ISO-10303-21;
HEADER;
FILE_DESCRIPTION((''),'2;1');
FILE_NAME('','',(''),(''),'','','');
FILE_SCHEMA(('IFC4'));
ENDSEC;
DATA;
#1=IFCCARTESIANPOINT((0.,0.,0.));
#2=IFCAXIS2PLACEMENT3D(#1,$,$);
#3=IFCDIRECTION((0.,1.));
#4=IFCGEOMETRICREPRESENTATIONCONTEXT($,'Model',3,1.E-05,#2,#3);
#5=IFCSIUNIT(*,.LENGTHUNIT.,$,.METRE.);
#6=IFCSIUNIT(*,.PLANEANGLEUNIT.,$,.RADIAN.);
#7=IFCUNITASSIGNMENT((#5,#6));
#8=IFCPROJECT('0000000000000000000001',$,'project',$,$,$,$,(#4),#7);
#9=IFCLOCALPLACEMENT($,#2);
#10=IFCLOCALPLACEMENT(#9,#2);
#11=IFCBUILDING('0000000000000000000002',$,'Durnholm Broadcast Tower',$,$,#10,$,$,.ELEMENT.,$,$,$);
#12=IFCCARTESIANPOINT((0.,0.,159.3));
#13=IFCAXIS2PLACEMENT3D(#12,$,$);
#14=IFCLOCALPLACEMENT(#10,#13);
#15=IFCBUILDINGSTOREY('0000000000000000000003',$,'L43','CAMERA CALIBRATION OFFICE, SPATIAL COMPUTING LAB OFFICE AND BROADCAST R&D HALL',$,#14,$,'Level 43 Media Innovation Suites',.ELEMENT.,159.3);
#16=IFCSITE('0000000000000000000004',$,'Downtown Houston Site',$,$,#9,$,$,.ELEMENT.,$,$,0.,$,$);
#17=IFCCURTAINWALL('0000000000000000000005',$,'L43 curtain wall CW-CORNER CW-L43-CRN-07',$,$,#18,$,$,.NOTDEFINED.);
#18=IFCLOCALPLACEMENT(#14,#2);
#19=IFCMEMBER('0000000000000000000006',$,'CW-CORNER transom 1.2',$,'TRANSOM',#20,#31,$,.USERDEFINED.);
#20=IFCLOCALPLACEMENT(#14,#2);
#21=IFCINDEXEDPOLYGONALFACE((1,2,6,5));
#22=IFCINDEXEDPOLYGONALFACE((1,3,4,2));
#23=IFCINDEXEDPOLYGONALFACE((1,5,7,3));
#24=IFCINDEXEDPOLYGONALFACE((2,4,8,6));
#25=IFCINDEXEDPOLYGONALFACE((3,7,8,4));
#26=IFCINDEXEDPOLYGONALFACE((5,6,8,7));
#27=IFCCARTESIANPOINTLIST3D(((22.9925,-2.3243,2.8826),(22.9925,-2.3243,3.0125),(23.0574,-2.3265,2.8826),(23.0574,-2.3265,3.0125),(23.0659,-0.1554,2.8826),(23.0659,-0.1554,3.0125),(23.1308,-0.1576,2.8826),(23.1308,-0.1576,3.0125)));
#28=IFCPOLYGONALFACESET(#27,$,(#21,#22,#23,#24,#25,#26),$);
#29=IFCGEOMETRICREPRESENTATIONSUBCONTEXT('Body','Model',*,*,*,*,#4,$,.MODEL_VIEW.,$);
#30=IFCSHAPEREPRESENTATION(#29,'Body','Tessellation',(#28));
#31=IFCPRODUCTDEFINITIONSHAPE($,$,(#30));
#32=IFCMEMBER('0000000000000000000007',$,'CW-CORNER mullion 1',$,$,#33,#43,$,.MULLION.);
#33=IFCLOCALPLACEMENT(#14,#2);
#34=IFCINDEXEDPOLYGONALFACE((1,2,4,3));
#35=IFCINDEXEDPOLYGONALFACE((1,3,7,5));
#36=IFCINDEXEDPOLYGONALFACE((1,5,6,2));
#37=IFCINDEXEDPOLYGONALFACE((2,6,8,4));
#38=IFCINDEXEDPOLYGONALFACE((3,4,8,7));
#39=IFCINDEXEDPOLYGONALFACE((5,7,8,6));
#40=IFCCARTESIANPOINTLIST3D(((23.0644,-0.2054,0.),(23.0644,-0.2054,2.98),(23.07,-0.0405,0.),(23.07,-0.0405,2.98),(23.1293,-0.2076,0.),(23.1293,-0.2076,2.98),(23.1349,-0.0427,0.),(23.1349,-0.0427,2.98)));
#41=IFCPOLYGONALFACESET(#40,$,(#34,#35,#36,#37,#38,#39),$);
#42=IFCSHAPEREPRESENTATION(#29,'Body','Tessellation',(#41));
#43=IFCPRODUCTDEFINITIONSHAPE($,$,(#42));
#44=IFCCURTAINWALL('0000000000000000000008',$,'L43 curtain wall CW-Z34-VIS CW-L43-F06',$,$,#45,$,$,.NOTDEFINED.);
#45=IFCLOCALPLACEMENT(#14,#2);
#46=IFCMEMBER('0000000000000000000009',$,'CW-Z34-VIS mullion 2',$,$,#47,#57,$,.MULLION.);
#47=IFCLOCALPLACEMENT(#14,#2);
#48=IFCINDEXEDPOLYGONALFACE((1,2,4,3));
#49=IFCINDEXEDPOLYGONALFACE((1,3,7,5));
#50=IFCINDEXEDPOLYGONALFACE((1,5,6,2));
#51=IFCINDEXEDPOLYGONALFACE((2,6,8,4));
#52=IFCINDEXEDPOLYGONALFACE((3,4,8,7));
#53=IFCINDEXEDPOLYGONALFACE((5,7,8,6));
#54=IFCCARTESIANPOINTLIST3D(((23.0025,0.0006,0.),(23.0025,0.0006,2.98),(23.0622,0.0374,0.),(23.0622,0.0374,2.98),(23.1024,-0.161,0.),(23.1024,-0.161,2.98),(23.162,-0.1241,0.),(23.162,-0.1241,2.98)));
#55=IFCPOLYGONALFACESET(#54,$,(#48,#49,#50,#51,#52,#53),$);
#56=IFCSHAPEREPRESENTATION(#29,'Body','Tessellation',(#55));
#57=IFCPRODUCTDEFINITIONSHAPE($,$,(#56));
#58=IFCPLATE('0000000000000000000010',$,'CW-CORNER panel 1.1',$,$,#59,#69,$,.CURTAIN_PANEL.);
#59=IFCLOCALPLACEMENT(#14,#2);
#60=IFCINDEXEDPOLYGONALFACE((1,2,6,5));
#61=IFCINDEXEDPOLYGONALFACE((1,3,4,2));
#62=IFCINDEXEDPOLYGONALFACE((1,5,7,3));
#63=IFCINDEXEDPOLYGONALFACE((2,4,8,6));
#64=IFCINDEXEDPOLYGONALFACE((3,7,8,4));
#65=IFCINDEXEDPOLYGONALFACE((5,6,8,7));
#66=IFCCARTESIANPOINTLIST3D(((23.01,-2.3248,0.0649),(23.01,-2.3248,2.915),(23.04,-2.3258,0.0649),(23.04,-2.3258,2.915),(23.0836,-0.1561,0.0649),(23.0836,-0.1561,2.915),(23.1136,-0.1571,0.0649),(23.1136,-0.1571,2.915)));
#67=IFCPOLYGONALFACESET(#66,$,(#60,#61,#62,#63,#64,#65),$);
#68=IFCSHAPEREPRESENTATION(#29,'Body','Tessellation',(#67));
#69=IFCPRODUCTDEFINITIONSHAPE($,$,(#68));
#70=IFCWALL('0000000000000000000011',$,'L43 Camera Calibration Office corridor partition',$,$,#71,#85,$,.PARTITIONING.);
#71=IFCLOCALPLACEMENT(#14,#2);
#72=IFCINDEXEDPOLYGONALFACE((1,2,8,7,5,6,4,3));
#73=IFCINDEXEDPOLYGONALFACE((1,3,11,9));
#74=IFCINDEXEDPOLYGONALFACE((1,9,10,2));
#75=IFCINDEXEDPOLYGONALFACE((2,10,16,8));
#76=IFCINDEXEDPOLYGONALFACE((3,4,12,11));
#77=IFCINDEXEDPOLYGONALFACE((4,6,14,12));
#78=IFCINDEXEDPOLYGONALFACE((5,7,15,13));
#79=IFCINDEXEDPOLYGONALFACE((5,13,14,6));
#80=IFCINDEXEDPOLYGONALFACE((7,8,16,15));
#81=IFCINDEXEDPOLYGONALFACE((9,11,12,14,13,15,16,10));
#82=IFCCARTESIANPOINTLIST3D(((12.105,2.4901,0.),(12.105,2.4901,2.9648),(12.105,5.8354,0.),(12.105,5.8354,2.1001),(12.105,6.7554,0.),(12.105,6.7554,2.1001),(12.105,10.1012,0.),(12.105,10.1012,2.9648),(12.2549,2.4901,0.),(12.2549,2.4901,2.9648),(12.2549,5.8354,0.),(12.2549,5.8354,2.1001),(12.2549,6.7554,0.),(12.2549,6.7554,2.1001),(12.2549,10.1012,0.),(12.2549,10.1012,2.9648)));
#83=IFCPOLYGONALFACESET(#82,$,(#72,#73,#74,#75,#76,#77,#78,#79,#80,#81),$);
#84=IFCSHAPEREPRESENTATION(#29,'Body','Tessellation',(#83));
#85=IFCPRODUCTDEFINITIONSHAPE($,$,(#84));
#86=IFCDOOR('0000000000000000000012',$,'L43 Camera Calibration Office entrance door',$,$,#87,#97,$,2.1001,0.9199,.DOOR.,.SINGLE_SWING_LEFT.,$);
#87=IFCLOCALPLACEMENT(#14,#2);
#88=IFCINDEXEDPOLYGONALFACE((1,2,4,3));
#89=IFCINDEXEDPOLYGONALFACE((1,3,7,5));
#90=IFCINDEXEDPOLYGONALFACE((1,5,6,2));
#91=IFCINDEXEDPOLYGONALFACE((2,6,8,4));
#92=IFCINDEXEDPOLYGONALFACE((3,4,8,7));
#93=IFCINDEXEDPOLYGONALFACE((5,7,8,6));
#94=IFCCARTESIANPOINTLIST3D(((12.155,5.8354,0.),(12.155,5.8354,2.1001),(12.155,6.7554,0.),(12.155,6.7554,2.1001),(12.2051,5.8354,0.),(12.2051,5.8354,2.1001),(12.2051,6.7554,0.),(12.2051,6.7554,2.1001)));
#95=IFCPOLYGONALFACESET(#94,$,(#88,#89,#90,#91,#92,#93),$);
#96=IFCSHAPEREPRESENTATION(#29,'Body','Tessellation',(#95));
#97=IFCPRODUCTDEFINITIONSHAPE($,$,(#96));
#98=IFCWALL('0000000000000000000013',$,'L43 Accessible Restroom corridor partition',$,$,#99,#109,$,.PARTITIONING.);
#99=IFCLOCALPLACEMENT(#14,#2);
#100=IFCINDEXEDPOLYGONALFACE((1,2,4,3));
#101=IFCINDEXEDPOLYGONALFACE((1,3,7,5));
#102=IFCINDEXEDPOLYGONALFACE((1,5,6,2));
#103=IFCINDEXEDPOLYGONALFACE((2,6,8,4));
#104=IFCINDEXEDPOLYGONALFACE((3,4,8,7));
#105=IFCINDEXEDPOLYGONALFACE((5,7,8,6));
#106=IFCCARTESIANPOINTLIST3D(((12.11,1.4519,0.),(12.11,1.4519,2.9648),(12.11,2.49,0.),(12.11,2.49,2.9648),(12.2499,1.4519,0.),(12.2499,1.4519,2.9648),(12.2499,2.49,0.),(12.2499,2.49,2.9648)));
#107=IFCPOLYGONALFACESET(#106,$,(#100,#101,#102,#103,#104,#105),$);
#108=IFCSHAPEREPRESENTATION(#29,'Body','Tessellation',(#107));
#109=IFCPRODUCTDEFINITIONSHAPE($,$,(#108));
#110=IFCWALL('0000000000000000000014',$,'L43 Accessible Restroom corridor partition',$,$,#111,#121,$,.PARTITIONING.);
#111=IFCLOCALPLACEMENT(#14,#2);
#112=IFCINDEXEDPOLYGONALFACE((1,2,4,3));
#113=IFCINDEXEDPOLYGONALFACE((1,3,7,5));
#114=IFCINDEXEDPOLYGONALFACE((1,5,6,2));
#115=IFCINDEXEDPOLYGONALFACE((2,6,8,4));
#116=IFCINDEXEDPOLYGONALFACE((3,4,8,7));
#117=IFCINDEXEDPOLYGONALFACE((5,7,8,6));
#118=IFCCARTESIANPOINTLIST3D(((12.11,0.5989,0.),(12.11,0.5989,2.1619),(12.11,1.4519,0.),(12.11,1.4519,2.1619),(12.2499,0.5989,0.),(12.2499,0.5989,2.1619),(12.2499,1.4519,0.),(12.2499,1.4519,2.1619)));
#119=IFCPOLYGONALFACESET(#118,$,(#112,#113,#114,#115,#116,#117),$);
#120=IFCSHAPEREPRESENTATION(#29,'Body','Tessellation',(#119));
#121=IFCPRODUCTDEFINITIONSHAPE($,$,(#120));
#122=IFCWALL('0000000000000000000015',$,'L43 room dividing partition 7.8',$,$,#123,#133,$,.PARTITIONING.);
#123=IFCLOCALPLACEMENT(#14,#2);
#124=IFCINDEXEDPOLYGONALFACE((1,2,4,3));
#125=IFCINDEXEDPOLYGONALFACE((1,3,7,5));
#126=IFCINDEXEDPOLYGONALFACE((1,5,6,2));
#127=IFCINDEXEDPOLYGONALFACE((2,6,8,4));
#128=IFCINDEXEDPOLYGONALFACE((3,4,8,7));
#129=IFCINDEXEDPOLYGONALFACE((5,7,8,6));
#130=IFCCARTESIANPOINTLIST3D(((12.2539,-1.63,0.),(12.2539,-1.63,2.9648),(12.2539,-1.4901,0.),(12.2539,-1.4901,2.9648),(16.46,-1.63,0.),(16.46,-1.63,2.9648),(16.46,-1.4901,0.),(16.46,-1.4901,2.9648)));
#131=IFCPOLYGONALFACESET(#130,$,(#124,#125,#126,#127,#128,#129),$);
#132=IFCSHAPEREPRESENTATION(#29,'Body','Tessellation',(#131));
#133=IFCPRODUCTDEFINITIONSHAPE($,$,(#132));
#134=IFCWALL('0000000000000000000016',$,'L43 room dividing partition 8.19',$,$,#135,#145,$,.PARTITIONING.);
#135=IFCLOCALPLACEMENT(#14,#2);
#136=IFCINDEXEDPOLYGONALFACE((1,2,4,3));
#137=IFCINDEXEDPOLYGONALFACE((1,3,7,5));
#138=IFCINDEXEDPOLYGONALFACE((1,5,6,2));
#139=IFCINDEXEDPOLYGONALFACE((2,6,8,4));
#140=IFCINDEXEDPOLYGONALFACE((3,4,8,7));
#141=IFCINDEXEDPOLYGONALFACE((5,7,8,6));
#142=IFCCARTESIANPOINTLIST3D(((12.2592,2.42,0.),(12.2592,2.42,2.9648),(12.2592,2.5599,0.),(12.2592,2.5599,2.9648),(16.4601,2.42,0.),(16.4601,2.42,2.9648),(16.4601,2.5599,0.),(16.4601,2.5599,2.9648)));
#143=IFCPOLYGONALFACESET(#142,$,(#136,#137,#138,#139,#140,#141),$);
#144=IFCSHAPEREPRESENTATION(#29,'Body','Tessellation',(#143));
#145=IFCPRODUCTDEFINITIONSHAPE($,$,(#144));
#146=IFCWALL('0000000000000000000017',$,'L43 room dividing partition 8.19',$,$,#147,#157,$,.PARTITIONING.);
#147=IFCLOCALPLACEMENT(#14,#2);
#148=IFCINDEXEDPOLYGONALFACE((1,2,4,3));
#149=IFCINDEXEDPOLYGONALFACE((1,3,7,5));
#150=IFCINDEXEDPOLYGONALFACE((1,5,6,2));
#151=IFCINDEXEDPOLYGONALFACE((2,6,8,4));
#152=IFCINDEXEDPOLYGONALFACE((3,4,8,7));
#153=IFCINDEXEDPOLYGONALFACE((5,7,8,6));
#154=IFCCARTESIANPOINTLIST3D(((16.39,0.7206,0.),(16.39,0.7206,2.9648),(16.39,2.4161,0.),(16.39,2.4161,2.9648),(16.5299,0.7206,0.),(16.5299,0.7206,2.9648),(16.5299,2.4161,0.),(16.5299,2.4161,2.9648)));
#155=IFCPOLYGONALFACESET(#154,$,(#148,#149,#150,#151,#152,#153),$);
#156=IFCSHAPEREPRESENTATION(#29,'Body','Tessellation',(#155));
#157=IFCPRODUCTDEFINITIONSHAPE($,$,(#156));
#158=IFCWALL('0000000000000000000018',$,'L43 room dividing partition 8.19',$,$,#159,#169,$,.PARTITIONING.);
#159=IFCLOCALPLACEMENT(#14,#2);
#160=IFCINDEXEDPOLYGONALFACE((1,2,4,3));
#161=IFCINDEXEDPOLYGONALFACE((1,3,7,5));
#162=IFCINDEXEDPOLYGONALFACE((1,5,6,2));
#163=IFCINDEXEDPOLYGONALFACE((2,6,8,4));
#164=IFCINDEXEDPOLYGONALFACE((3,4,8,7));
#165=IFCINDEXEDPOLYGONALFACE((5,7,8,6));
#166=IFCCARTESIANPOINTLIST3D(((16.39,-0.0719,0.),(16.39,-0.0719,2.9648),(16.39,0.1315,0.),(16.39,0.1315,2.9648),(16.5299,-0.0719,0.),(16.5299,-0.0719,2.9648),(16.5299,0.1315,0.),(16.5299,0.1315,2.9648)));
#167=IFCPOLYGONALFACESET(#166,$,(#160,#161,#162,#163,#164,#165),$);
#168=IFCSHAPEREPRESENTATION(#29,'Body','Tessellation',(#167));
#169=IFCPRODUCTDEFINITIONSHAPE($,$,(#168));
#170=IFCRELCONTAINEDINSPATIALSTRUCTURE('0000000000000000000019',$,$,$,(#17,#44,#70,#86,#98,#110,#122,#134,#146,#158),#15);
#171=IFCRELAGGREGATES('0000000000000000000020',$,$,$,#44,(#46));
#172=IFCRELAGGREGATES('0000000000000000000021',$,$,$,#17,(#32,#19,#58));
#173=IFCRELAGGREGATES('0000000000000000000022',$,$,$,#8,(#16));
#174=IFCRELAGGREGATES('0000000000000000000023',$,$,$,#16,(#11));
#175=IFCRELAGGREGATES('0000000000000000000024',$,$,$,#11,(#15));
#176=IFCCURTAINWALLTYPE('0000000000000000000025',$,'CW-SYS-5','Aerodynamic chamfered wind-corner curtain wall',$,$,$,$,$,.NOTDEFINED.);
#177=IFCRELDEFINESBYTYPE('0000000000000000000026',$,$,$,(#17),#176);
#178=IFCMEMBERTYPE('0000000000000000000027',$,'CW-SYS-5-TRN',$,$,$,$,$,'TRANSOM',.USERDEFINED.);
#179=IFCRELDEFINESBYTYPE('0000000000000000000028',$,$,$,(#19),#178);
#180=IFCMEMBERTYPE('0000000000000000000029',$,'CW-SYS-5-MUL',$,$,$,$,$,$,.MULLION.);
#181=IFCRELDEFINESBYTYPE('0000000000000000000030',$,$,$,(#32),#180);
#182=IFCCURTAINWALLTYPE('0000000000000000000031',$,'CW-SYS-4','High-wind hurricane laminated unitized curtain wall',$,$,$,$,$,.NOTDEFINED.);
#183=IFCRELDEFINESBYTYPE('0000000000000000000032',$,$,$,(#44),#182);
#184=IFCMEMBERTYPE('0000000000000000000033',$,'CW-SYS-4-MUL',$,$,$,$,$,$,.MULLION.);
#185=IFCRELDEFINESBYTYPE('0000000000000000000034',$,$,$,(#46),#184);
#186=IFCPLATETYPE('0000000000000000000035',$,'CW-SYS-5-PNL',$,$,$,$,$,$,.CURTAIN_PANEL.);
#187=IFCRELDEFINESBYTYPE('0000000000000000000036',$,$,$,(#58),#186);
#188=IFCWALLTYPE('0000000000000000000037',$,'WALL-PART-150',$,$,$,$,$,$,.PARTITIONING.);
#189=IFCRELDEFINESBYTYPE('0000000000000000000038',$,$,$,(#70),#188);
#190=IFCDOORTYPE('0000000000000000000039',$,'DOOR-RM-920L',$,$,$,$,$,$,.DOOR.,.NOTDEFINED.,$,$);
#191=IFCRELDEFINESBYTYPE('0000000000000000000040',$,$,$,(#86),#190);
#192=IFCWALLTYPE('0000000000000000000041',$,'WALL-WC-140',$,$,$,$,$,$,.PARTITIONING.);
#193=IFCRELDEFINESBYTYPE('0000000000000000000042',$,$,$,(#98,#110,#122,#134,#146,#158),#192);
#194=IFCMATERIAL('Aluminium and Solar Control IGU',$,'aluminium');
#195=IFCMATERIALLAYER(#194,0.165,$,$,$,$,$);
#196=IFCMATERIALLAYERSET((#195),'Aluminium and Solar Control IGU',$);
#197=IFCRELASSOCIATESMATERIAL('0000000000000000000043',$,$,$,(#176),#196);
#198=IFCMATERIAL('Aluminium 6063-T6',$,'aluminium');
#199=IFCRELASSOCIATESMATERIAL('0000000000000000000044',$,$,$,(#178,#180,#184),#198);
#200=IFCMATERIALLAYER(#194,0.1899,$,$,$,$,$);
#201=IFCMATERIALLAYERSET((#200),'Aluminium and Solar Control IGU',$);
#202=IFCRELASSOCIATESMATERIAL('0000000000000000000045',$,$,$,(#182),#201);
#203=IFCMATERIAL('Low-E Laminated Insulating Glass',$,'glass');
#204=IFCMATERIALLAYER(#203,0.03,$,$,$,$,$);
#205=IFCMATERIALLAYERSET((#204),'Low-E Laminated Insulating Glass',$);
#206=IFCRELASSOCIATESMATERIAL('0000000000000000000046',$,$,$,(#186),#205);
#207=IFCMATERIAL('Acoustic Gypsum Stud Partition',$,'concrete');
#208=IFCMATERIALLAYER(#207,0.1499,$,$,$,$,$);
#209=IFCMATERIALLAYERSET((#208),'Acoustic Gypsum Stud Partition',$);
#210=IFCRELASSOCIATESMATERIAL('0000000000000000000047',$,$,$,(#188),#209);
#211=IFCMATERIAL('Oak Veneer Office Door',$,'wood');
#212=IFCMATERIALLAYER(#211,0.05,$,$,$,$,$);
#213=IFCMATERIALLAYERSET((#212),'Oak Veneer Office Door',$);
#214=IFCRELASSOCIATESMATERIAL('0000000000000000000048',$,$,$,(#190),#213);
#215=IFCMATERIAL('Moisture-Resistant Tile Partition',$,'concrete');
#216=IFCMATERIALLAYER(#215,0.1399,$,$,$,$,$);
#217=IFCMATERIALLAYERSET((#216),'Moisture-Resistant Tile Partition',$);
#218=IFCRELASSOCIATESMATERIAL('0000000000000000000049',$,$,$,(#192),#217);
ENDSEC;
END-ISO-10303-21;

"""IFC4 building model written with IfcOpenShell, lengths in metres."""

from ifc_helpers import new_model, si_unit, direction, frame, frame_2d, origin, origin_2d, place, context, subcontext, project, spatial, rectangle, extrude, source, transform, mapped, material, layer, layer_set, material_profile, profile_set, type_object, type_shapes, element, fill, aggregate, save


model = new_model("IFC4")

# Units and contexts
model_context = context("Model", 3, precision=1e-05, world=origin(), true_north=direction((0.0, 1.0)))
body_context = subcontext(model_context, "Body", "Model", "MODEL_VIEW")
ifc_project = project(units=[si_unit("LENGTHUNIT", "METRE"), si_unit("PLANEANGLEUNIT", "RADIAN")], contexts=[model_context])

# Site, building, storey
site_placement = place(None, origin())
site = spatial("IfcSite", under=ifc_project, at=site_placement, Name="Downtown Houston Site", CompositionType="ELEMENT", RefElevation=0.0)
building_placement = place(site_placement, origin())
building = spatial("IfcBuilding", under=site, at=building_placement, Name="Durnholm Broadcast Tower", CompositionType="ELEMENT")
storey_placement = place(building_placement, frame((0.0, 0.0, 159.3)))
storey = spatial("IfcBuildingStorey", under=building, at=storey_placement, Name="L43", Description="CAMERA CALIBRATION OFFICE, SPATIAL COMPUTING LAB OFFICE AND BROADCAST R&D HALL", LongName="Level 43 Media Innovation Suites", CompositionType="ELEMENT", Elevation=159.3)

# Curtain wall, members
ifc_material_1 = material(Name="Aluminium and Solar Control IGU", Category="aluminium")
ifc_layer_1 = layer(ifc_material_1, 0.165)
ifc_layer_set_1 = layer_set([ifc_layer_1], Name="Aluminium and Solar Control IGU")
curtain_wall_type_1 = type_object("IfcCurtainWallType", Name="CW-SYS-5", Description="Aerodynamic chamfered wind-corner curtain wall", PredefinedType="NOTDEFINED", material=ifc_layer_set_1)
curtain_wall_1_placement = place(storey_placement, origin())
curtain_wall_1 = element("IfcCurtainWall", 1, at=curtain_wall_1_placement, inside=storey, type_object=curtain_wall_type_1, Name="L43 curtain wall CW-CORNER CW-L43-CRN-07", PredefinedType="NOTDEFINED")
ifc_material_2 = material(Name="Aluminium 6063-T6", Category="aluminium")
ifc_material_profile_1 = material_profile(ifc_material_2, rectangle(XDim=0.0649, YDim=0.1299, at=origin_2d()), Name="CWT65X130")
ifc_profile_set_1 = profile_set([ifc_material_profile_1], Name="Aluminium 6063-T6")
member_type_1 = type_object("IfcMemberType", Name="CW-SYS-5-TRN", ElementType="TRANSOM", PredefinedType="USERDEFINED", material=ifc_profile_set_1)
shared_shape_1 = source(origin(), body_context, "Body", "SweptSolid", [
    extrude(rectangle(XDim=0.0649, YDim=0.1299, at=origin_2d()), origin(), (0.0, 0.0, 1.0), 2.1702),
])
type_shapes(member_type_1, [shared_shape_1])
member_1_placement = place(storey_placement, frame((23.0984, -0.1565, 2.9475), z_axis=(-0.033862, -0.999427, 0.0), x_axis=(0.999427, -0.033862, 0.0)))
member_1 = element("IfcMember", 2, at=member_1_placement, type_object=member_type_1, Name="CW-CORNER transom 1.2", ObjectType="TRANSOM", PredefinedType="USERDEFINED", context=body_context, shape_type="MappedRepresentation", body=[
    mapped(shared_shape_1, transform((0.0, 0.0, 0.0), x_axis=(1.0, 0.0, 0.0), y_axis=(0.0, 1.0, 0.0), z_axis=(0.0, 0.0, 1.0), scale=1.0)),
])
ifc_material_profile_2 = material_profile(ifc_material_2, rectangle(XDim=0.0649, YDim=0.165, at=origin_2d()), Name="CWM65X165")
ifc_profile_set_2 = profile_set([ifc_material_profile_2], Name="Aluminium 6063-T6")
member_type_2 = type_object("IfcMemberType", Name="CW-SYS-5-MUL", PredefinedType="MULLION", material=ifc_profile_set_2)
shared_shape_2 = source(origin(), body_context, "Body", "SweptSolid", [
    extrude(rectangle(XDim=0.0649, YDim=0.165, at=origin_2d()), origin(), (0.0, 0.0, 1.0), 2.98),
])
type_shapes(member_type_2, [shared_shape_2])
member_2_placement = place(storey_placement, frame((23.0996, -0.124, 0.0), z_axis=(0.0, 0.0, 1.0), x_axis=(0.999425, -0.033913, 0.0)))
member_2 = element("IfcMember", 3, at=member_2_placement, type_object=member_type_2, Name="CW-CORNER mullion 1", PredefinedType="MULLION", context=body_context, shape_type="MappedRepresentation", body=[
    mapped(shared_shape_2, transform((0.0, 0.0, 0.0), x_axis=(1.0, 0.0, 0.0), y_axis=(0.0, 1.0, 0.0), z_axis=(0.0, 0.0, 1.0), scale=1.0)),
])

# Curtain wall, member
ifc_layer_2 = layer(ifc_material_1, 0.1899)
ifc_layer_set_2 = layer_set([ifc_layer_2], Name="Aluminium and Solar Control IGU")
curtain_wall_type_2 = type_object("IfcCurtainWallType", Name="CW-SYS-4", Description="High-wind hurricane laminated unitized curtain wall", PredefinedType="NOTDEFINED", material=ifc_layer_set_2)
curtain_wall_2_placement = place(storey_placement, origin())
curtain_wall_2 = element("IfcCurtainWall", 4, at=curtain_wall_2_placement, inside=storey, type_object=curtain_wall_type_2, Name="L43 curtain wall CW-Z34-VIS CW-L43-F06", PredefinedType="NOTDEFINED")
ifc_material_profile_3 = material_profile(ifc_material_2, rectangle(XDim=0.0701, YDim=0.1899, at=origin_2d()), Name="CWM70X190")
ifc_profile_set_3 = profile_set([ifc_material_profile_3], Name="Aluminium 6063-T6")
member_type_3 = type_object("IfcMemberType", Name="CW-SYS-4-MUL", PredefinedType="MULLION", material=ifc_profile_set_3)
shared_shape_3 = source(origin(), body_context, "Body", "SweptSolid", [
    extrude(rectangle(XDim=0.0701, YDim=0.1899, at=origin_2d()), origin(), (0.0, 0.0, 1.0), 2.98),
])
type_shapes(member_type_3, [shared_shape_3])
member_3_placement = place(storey_placement, frame((23.0823, -0.0618, 0.0), z_axis=(0.0, 0.0, 1.0), x_axis=(0.850671, 0.525698, 0.0)))
member_3 = element("IfcMember", 5, at=member_3_placement, type_object=member_type_3, Name="CW-Z34-VIS mullion 2", PredefinedType="MULLION", context=body_context, shape_type="MappedRepresentation", body=[
    mapped(shared_shape_3, transform((0.0, 0.0, 0.0), x_axis=(1.0, 0.0, 0.0), y_axis=(0.0, 1.0, 0.0), z_axis=(0.0, 0.0, 1.0), scale=1.0)),
])
aggregate(curtain_wall_2, [member_3])

# Plate
ifc_material_3 = material(Name="Low-E Laminated Insulating Glass", Category="glass")
ifc_layer_3 = layer(ifc_material_3, 0.03)
ifc_layer_set_3 = layer_set([ifc_layer_3], Name="Low-E Laminated Insulating Glass")
plate_type = type_object("IfcPlateType", Name="CW-SYS-5-PNL", PredefinedType="CURTAIN_PANEL", material=ifc_layer_set_3)
shared_shape_4 = source(origin(), body_context, "Body", "SweptSolid", [
    extrude(rectangle(XDim=2.1699, YDim=0.03, at=origin_2d()), origin(), (0.0, 0.0, 1.0), 2.8501),
])
type_shapes(plate_type, [shared_shape_4])
plate_placement = place(storey_placement, frame((23.0618, -1.241, 0.0649), z_axis=(0.0, 0.0, 1.0), x_axis=(-0.033913, -0.999425, 0.0)))
plate = element("IfcPlate", 6, at=plate_placement, type_object=plate_type, Name="CW-CORNER panel 1.1", PredefinedType="CURTAIN_PANEL", context=body_context, shape_type="MappedRepresentation", body=[
    mapped(shared_shape_4, transform((0.0, 0.0, 0.0), x_axis=(1.0, 0.0, 0.0), y_axis=(0.0, 1.0, 0.0), z_axis=(0.0, 0.0, 1.0), scale=1.0)),
])
aggregate(curtain_wall_1, [member_2, member_1, plate])

# Wall, opening, door
ifc_material_4 = material(Name="Acoustic Gypsum Stud Partition", Category="concrete")
ifc_layer_4 = layer(ifc_material_4, 0.1499)
ifc_layer_set_4 = layer_set([ifc_layer_4], Name="Acoustic Gypsum Stud Partition")
wall_type_1 = type_object("IfcWallType", Name="WALL-PART-150", PredefinedType="PARTITIONING", material=ifc_layer_set_4)
wall_1_placement = place(storey_placement, frame((12.1799, 2.49, 0.0), z_axis=(0.0, 0.0, 1.0), x_axis=(0.0, 1.0, 0.0)))
wall_1 = element("IfcWall", 7, at=wall_1_placement, inside=storey, type_object=wall_type_1, Name="L43 Camera Calibration Office corridor partition", PredefinedType="PARTITIONING", context=body_context, shape_type="SweptSolid", body=[
    extrude(rectangle(XDim=7.6111, YDim=0.1499, at=frame_2d((3.8057, 0.0))), origin(), (0.0, 0.0, 1.0), 2.9648),
])
opening_placement = place(wall_1_placement, frame((3.3455, 0.0, 0.0)))
opening = element("IfcOpeningElement", 8, at=opening_placement, cuts=wall_1, PredefinedType="OPENING", context=body_context, shape_type="SweptSolid", body=[
    extrude(rectangle(XDim=0.9199, YDim=2.1001, at=frame_2d((0.46, 1.05))), frame((0.0, 0.085, 0.0), z_axis=(0.0, -1.0, 0.0), x_axis=(1.0, 0.0, 0.0)), (0.0, 0.0, 1.0), 0.1699),
])
ifc_material_5 = material(Name="Oak Veneer Office Door", Category="wood")
ifc_layer_5 = layer(ifc_material_5, 0.05)
ifc_layer_set_5 = layer_set([ifc_layer_5], Name="Oak Veneer Office Door")
door_type = type_object("IfcDoorType", Name="DOOR-RM-920L", OperationType="NOTDEFINED", PredefinedType="DOOR", material=ifc_layer_set_5)
shared_shape_5 = source(origin(), body_context, "Body", "SweptSolid", [
    extrude(rectangle(XDim=0.9199, YDim=2.1001, at=frame_2d((0.46, 1.05))), frame((0.0, 0.0249, 0.0), z_axis=(0.0, -1.0, 0.0), x_axis=(1.0, 0.0, 0.0)), (0.0, 0.0, 1.0), 0.05),
])
type_shapes(door_type, [shared_shape_5])
door_placement = place(opening_placement, origin())
door = element("IfcDoor", 9, at=door_placement, inside=storey, type_object=door_type, Name="L43 Camera Calibration Office entrance door", OperationType="SINGLE_SWING_LEFT", OverallHeight=2.1001, OverallWidth=0.9199, PredefinedType="DOOR", context=body_context, shape_type="MappedRepresentation", body=[
    mapped(shared_shape_5, transform((0.0, 0.0, 0.0), x_axis=(1.0, 0.0, 0.0), y_axis=(0.0, 1.0, 0.0), z_axis=(0.0, 0.0, 1.0), scale=1.0)),
])
fill(opening, door)

# Walls
ifc_material_6 = material(Name="Moisture-Resistant Tile Partition", Category="concrete")
ifc_layer_6 = layer(ifc_material_6, 0.1399)
ifc_layer_set_6 = layer_set([ifc_layer_6], Name="Moisture-Resistant Tile Partition")
wall_type_2 = type_object("IfcWallType", Name="WALL-WC-140", PredefinedType="PARTITIONING", material=ifc_layer_set_6)
wall_2_placement = place(storey_placement, frame((12.1799, 1.4519, 0.0), z_axis=(0.0, 0.0, 1.0), x_axis=(0.0, 1.0, 0.0)))
element("IfcWall", 10, at=wall_2_placement, inside=storey, type_object=wall_type_2, Name="L43 Accessible Restroom corridor partition", PredefinedType="PARTITIONING", context=body_context, shape_type="SweptSolid", body=[
    extrude(rectangle(XDim=1.0381, YDim=0.1399, at=frame_2d((0.519, 0.0))), origin(), (0.0, 0.0, 1.0), 2.9648),
])
wall_3_placement = place(storey_placement, frame((12.1799, 0.5989, 0.0), z_axis=(0.0, 0.0, 1.0), x_axis=(0.0, 1.0, 0.0)))
element("IfcWall", 11, at=wall_3_placement, inside=storey, type_object=wall_type_2, Name="L43 Accessible Restroom corridor partition", PredefinedType="PARTITIONING", context=body_context, shape_type="SweptSolid", body=[
    extrude(rectangle(XDim=0.853, YDim=0.1399, at=frame_2d((0.4265, 0.0))), origin(), (0.0, 0.0, 1.0), 2.1619),
])
wall_4_placement = place(storey_placement, frame((12.2539, -1.5601, 0.0), z_axis=(0.0, 0.0, 1.0), x_axis=(1.0, 0.0, 0.0)))
element("IfcWall", 12, at=wall_4_placement, inside=storey, type_object=wall_type_2, Name="L43 room dividing partition 7.8", PredefinedType="PARTITIONING", context=body_context, shape_type="SweptSolid", body=[
    extrude(rectangle(XDim=4.2061, YDim=0.1399, at=frame_2d((2.103, 0.0))), origin(), (0.0, 0.0, 1.0), 2.9648),
])
wall_5_placement = place(storey_placement, frame((12.259, 2.49, 0.0), z_axis=(0.0, 0.0, 1.0), x_axis=(1.0, 0.0, 0.0)))
element("IfcWall", 13, at=wall_5_placement, inside=storey, type_object=wall_type_2, Name="L43 room dividing partition 8.19", PredefinedType="PARTITIONING", context=body_context, shape_type="SweptSolid", body=[
    extrude(rectangle(XDim=4.2009, YDim=0.1399, at=frame_2d((2.1006, 0.0))), origin(), (0.0, 0.0, 1.0), 2.9648),
])
wall_6_placement = place(storey_placement, frame((16.46, 2.416, 0.0), z_axis=(0.0, 0.0, 1.0), x_axis=(0.0, -1.0, 0.0)))
element("IfcWall", 14, at=wall_6_placement, inside=storey, type_object=wall_type_2, Name="L43 room dividing partition 8.19", PredefinedType="PARTITIONING", context=body_context, shape_type="SweptSolid", body=[
    extrude(rectangle(XDim=1.6956, YDim=0.1399, at=frame_2d((0.8477, 0.0))), origin(), (0.0, 0.0, 1.0), 2.9648),
])
wall_7_placement = place(storey_placement, frame((16.46, 0.1313, 0.0), z_axis=(0.0, 0.0, 1.0), x_axis=(0.0, -1.0, 0.0)))
element("IfcWall", 15, at=wall_7_placement, inside=storey, type_object=wall_type_2, Name="L43 room dividing partition 8.19", PredefinedType="PARTITIONING", context=body_context, shape_type="SweptSolid", body=[
    extrude(rectangle(XDim=0.2034, YDim=0.1399, at=frame_2d((0.1016, 0.0))), origin(), (0.0, 0.0, 1.0), 2.9648),
])

save(model, "model.ifc")
